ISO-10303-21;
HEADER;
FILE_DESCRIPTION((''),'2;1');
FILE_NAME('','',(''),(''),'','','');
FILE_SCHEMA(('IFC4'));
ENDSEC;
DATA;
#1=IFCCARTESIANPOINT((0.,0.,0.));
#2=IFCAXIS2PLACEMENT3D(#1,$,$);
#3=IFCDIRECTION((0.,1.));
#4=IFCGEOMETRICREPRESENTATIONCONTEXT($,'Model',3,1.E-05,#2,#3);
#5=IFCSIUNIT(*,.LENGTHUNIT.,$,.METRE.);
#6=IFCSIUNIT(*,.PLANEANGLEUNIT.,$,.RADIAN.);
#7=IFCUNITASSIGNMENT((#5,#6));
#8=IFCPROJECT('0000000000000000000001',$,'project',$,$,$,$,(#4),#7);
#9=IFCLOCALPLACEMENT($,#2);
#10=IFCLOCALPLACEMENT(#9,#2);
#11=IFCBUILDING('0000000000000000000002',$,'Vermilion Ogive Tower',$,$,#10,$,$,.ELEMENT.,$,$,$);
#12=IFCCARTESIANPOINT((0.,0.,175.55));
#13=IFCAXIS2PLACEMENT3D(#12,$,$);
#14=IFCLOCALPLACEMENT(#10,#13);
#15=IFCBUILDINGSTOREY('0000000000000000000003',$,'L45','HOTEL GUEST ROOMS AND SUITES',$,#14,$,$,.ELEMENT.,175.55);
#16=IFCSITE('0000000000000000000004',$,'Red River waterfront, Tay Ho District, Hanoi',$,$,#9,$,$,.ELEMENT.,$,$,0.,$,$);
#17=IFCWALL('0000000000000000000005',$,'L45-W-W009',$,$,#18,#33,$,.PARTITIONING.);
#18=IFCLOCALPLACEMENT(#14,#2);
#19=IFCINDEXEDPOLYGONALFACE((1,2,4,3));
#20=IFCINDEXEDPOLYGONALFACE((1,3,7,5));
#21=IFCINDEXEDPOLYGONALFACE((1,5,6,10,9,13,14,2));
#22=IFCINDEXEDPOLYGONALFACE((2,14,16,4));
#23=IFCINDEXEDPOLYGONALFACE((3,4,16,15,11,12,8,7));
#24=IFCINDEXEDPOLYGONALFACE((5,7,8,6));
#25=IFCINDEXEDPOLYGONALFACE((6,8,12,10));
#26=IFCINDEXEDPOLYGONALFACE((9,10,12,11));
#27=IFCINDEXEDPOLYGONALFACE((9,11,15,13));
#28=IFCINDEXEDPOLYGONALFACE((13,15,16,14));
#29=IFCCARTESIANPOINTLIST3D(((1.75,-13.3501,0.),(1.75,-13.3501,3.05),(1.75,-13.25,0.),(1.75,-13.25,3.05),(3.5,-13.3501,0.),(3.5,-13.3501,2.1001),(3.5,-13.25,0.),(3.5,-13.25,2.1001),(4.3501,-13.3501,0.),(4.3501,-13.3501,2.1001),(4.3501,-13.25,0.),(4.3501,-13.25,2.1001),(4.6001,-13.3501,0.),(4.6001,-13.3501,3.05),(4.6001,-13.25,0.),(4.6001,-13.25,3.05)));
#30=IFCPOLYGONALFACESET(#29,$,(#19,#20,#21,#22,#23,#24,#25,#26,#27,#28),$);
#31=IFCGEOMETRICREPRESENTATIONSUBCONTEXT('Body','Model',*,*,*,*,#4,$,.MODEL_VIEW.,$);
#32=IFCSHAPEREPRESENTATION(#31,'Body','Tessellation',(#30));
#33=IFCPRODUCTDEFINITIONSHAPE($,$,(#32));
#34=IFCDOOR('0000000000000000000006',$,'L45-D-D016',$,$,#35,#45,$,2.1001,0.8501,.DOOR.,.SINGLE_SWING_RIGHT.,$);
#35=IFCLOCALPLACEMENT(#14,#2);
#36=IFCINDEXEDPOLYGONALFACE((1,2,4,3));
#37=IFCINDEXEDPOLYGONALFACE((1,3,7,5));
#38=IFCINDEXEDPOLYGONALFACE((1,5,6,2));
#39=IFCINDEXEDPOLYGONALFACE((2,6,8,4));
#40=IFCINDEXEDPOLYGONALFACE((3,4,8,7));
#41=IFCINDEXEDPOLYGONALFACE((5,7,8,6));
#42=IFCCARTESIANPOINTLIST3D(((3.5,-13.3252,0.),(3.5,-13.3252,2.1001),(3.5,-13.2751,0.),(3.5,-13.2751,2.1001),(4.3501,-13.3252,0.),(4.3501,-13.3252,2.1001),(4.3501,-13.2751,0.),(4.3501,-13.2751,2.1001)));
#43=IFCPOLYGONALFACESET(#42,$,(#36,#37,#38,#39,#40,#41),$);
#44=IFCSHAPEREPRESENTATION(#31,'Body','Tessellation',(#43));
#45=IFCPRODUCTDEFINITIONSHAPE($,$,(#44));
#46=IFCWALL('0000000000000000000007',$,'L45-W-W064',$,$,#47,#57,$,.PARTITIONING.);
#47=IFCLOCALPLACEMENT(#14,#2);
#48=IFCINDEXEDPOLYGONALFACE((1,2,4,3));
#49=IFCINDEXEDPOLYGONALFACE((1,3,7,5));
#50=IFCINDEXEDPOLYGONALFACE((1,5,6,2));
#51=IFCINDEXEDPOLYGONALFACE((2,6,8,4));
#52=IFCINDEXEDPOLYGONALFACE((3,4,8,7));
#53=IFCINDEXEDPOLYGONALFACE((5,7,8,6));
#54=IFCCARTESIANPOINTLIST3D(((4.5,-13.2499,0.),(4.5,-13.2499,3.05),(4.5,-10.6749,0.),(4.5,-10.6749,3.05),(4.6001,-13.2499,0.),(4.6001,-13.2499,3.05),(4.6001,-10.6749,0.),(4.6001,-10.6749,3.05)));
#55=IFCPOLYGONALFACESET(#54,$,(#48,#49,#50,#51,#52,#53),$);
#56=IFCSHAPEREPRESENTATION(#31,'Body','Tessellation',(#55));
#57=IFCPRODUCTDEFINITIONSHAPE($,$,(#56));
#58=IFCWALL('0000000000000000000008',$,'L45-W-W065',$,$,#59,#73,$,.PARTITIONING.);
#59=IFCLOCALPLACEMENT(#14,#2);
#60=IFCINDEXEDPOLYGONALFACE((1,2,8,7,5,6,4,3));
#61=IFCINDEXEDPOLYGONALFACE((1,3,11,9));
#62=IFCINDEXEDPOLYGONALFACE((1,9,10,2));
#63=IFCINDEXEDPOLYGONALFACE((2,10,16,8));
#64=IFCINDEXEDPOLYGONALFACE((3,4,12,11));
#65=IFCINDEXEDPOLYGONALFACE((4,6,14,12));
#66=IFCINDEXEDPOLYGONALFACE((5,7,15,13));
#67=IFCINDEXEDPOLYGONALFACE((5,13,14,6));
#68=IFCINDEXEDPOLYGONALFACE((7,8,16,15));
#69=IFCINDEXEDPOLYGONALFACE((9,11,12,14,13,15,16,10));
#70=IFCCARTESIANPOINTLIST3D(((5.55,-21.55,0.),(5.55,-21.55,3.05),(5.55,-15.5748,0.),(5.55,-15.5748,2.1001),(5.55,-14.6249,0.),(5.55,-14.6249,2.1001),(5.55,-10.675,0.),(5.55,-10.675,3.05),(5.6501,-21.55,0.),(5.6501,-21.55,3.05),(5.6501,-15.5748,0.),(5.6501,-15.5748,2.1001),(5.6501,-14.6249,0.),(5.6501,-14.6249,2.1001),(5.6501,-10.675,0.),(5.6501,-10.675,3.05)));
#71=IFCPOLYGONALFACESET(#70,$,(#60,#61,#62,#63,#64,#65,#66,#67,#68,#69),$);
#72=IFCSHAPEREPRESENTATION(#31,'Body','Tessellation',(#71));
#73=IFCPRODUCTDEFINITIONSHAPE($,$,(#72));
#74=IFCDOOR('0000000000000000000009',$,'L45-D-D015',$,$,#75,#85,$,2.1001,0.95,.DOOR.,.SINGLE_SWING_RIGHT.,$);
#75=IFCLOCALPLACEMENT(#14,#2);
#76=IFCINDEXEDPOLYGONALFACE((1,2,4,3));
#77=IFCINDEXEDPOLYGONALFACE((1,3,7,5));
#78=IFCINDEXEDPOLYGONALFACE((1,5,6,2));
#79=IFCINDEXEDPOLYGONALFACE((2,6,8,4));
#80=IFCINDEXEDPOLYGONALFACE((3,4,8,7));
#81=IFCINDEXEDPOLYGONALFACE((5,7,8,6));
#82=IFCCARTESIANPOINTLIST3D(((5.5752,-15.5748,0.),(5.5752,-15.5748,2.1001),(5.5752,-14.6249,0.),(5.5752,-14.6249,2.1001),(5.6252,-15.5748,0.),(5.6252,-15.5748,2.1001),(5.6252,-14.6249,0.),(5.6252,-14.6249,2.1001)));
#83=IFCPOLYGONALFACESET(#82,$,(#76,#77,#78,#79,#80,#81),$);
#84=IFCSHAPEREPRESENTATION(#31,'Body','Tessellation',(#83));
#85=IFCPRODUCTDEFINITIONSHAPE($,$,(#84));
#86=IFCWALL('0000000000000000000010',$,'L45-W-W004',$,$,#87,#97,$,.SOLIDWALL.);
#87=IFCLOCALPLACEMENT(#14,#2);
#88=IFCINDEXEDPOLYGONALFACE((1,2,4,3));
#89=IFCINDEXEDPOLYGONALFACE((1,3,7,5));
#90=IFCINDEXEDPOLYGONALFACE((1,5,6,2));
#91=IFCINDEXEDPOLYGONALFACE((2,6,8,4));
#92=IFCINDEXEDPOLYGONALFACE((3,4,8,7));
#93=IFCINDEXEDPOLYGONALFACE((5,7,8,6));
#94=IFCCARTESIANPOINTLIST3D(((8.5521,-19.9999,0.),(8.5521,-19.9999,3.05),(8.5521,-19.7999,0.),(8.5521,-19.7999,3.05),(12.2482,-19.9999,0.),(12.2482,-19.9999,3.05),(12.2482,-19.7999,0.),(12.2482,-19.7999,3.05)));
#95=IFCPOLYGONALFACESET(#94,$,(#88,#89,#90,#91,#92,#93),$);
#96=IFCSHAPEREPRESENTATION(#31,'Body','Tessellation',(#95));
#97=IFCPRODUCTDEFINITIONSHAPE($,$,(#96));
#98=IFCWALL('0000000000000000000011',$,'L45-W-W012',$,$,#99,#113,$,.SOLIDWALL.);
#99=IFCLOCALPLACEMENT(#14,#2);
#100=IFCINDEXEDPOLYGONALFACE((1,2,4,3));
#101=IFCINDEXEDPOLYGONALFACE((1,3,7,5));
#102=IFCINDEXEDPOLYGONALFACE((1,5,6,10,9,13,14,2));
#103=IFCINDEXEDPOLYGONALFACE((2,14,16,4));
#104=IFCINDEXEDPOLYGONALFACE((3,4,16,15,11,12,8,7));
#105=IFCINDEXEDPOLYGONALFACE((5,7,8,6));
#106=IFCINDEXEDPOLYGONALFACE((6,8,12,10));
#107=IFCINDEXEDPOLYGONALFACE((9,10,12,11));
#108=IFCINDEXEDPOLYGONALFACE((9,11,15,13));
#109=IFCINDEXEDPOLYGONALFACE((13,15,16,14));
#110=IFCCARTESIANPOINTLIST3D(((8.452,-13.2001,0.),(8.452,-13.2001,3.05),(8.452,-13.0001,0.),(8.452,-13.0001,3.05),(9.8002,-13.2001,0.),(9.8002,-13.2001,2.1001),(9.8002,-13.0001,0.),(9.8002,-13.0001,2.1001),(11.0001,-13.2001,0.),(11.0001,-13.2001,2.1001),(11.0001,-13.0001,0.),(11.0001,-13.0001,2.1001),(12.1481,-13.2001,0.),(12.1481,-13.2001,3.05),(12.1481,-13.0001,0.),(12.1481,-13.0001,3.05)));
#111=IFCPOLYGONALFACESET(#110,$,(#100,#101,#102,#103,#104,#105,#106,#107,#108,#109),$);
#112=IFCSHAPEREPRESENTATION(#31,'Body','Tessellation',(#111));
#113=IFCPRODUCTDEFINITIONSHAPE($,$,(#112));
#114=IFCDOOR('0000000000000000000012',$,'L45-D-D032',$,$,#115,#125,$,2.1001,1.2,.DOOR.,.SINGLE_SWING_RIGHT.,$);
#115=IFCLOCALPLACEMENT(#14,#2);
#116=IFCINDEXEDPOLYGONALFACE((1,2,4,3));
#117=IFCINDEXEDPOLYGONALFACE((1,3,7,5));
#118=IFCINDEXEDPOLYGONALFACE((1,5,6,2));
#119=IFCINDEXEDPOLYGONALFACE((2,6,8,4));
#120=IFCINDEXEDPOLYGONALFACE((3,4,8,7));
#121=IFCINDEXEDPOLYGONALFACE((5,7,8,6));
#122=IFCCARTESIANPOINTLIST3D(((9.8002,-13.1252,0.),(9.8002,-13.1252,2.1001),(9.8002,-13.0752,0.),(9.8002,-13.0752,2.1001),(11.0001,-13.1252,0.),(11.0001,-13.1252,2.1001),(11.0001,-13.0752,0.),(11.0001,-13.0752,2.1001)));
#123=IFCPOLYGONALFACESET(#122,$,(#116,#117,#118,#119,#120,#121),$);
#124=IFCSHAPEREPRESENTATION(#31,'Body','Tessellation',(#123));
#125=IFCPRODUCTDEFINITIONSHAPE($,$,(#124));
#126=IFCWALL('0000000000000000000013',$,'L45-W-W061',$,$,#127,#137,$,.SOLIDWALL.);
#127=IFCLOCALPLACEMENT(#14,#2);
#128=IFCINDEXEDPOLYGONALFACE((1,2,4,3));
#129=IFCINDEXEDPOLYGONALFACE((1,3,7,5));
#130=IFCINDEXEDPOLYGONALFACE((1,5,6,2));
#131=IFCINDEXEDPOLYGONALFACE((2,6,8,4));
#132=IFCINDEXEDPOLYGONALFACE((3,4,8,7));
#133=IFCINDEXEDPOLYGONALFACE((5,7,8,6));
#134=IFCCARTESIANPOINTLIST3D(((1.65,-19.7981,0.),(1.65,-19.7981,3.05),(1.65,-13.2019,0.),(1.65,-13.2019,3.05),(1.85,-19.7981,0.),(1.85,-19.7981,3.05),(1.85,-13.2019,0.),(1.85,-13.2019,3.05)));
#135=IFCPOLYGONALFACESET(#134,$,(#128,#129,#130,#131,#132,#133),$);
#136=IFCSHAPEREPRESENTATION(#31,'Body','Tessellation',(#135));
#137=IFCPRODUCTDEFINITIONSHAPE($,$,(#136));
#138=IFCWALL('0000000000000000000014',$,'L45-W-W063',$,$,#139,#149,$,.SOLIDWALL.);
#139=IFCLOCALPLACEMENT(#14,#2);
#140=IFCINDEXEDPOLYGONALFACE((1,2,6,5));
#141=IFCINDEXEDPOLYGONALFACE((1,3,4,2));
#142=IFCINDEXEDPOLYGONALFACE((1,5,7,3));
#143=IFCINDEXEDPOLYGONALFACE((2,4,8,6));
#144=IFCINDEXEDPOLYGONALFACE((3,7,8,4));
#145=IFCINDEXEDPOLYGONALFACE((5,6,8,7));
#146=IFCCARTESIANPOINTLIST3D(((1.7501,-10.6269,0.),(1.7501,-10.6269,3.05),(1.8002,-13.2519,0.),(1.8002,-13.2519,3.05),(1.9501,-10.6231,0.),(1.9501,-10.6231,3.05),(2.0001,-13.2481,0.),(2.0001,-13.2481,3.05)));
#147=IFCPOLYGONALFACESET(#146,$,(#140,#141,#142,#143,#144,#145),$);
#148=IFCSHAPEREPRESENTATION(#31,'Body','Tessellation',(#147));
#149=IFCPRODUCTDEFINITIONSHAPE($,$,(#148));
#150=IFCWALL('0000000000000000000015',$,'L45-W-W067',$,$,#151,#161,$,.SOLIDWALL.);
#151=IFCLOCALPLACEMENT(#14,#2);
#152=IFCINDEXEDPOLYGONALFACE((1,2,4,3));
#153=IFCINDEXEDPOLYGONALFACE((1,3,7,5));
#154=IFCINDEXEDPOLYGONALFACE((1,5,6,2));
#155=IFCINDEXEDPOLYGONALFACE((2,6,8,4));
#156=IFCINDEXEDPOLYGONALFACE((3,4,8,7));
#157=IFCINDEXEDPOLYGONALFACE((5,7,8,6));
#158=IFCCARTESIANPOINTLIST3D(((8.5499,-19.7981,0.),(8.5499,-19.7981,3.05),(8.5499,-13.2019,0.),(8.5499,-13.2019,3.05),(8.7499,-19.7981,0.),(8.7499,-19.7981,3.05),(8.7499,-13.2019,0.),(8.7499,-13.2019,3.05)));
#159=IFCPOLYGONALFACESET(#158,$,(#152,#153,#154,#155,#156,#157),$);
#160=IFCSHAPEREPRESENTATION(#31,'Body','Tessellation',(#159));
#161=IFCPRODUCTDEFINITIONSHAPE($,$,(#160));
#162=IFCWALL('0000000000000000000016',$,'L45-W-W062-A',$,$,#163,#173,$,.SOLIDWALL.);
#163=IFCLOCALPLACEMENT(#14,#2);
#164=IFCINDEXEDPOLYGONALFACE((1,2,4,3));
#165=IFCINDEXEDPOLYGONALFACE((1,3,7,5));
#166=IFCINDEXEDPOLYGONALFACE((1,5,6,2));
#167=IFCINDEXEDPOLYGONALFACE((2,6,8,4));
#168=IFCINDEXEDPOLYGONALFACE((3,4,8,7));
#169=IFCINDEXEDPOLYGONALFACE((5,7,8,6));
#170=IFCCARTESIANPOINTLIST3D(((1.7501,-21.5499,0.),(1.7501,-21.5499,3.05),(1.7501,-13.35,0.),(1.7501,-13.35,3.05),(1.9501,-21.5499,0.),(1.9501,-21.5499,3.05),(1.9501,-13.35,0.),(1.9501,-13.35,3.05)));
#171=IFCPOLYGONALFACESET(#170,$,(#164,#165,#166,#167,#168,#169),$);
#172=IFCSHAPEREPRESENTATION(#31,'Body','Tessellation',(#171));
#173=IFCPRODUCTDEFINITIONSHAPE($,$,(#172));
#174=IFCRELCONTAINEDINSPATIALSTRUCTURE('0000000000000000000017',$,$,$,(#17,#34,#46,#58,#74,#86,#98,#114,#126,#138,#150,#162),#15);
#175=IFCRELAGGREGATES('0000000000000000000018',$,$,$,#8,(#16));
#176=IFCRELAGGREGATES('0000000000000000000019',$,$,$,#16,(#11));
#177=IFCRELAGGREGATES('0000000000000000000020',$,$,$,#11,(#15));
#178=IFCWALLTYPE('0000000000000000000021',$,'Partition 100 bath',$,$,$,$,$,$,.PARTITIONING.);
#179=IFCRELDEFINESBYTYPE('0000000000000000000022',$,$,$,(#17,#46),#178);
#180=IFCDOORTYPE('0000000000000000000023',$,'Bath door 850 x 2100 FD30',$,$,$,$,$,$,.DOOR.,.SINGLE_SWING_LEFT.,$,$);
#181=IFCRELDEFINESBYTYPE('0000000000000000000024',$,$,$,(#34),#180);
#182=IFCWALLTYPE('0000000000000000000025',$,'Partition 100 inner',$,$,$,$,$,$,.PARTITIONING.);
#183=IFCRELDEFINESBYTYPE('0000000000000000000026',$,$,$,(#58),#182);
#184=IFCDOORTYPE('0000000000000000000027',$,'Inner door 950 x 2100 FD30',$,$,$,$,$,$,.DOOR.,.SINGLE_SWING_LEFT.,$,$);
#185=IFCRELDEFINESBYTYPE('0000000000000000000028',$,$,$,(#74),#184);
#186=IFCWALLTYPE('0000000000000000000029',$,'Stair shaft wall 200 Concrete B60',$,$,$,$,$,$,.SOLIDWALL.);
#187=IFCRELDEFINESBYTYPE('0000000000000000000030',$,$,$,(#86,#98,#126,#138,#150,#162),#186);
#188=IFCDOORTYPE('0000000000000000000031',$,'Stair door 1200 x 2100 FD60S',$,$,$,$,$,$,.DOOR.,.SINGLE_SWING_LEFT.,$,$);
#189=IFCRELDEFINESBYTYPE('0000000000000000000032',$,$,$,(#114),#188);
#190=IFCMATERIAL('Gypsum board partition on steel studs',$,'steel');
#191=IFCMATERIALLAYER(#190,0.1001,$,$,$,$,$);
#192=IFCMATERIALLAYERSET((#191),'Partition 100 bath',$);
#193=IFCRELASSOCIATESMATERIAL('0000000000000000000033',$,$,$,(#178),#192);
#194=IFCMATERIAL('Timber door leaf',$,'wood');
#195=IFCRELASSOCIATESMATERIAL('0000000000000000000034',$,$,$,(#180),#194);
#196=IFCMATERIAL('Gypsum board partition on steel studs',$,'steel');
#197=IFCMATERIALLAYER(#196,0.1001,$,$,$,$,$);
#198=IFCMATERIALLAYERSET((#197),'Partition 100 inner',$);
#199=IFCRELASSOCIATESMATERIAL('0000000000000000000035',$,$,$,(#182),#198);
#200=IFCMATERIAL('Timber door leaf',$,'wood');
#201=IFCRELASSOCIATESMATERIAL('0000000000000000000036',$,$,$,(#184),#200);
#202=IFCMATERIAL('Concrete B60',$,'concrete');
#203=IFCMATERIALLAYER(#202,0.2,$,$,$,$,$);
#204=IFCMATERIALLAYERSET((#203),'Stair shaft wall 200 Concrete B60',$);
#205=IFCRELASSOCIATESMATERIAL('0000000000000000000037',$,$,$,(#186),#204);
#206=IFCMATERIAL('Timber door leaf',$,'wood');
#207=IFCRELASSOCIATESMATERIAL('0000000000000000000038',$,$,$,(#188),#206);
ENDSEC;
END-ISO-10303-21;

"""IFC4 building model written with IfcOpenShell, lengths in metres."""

from ifc_helpers import new_model, si_unit, direction, frame, frame_2d, origin, place, context, subcontext, project, spatial, rectangle, extrude, material, layer, layer_set, type_object, element, fill, save


model = new_model("IFC4")

# Units and contexts
model_context = context("Model", 3, precision=1e-05, world=origin(), true_north=direction((0.0, 1.0)))
body_context = subcontext(model_context, "Body", "Model", "MODEL_VIEW")
ifc_project = project(units=[si_unit("LENGTHUNIT", "METRE"), si_unit("PLANEANGLEUNIT", "RADIAN")], contexts=[model_context])

# Site, building, storey
site_placement = place(None, origin())
site = spatial("IfcSite", under=ifc_project, at=site_placement, Name="Red River waterfront, Tay Ho District, Hanoi", CompositionType="ELEMENT", RefElevation=0.0)
building_placement = place(site_placement, origin())
building = spatial("IfcBuilding", under=site, at=building_placement, Name="Vermilion Ogive Tower", CompositionType="ELEMENT")
storey_placement = place(building_placement, frame((0.0, 0.0, 175.55)))
storey = spatial("IfcBuildingStorey", under=building, at=storey_placement, Name="L45", Description="HOTEL GUEST ROOMS AND SUITES", CompositionType="ELEMENT", Elevation=175.55)

# Wall, opening, door
ifc_material_1 = material(Name="Gypsum board partition on steel studs", Category="steel")
ifc_layer_1 = layer(ifc_material_1, 0.1001)
ifc_layer_set_1 = layer_set([ifc_layer_1], Name="Partition 100 bath")
wall_type_1 = type_object("IfcWallType", Name="Partition 100 bath", PredefinedType="PARTITIONING", material=ifc_layer_set_1)
wall_1_placement = place(storey_placement, frame((1.75, -13.3, 0.0), z_axis=(0.0, 0.0, 1.0), x_axis=(1.0, 0.0, 0.0)))
wall_1 = element("IfcWall", 1, at=wall_1_placement, inside=storey, type_object=wall_type_1, Name="L45-W-W009", PredefinedType="PARTITIONING", context=body_context, shape_type="SweptSolid", body=[
    extrude(rectangle(XDim=2.8501, YDim=0.1001, at=frame_2d((1.425, 0.0))), origin(), (0.0, 0.0, 1.0), 3.05),
])
opening_1_placement = place(wall_1_placement, frame((1.75, 0.0, 0.0)))
opening_1 = element("IfcOpeningElement", 2, at=opening_1_placement, cuts=wall_1, PredefinedType="OPENING", context=body_context, shape_type="SweptSolid", body=[
    extrude(rectangle(XDim=0.8501, YDim=2.1001, at=frame_2d((0.425, 1.05))), frame((0.0, 0.0601, 0.0), z_axis=(0.0, -1.0, 0.0), x_axis=(1.0, 0.0, 0.0)), (0.0, 0.0, 1.0), 0.1201),
])
ifc_material_2 = material(Name="Timber door leaf", Category="wood")
door_type_1 = type_object("IfcDoorType", Name="Bath door 850 x 2100 FD30", OperationType="SINGLE_SWING_LEFT", PredefinedType="DOOR", material=ifc_material_2)
door_1_placement = place(opening_1_placement, origin())
door_1 = element("IfcDoor", 3, at=door_1_placement, inside=storey, type_object=door_type_1, Name="L45-D-D016", OperationType="SINGLE_SWING_RIGHT", OverallHeight=2.1001, OverallWidth=0.8501, PredefinedType="DOOR", context=body_context, shape_type="SweptSolid", body=[
    extrude(rectangle(XDim=0.8501, YDim=2.1001, at=frame_2d((0.425, 1.05))), frame((0.0, 0.0249, 0.0), z_axis=(0.0, -1.0, 0.0), x_axis=(1.0, 0.0, 0.0)), (0.0, 0.0, 1.0), 0.05),
])
fill(opening_1, door_1)

# Wall
wall_2_placement = place(storey_placement, frame((4.55, -13.25, 0.0), z_axis=(0.0, 0.0, 1.0), x_axis=(0.0, 1.0, 0.0)))
element("IfcWall", 4, at=wall_2_placement, inside=storey, type_object=wall_type_1, Name="L45-W-W064", PredefinedType="PARTITIONING", context=body_context, shape_type="SweptSolid", body=[
    extrude(rectangle(XDim=2.575, YDim=0.1001, at=frame_2d((1.2876, 0.0))), origin(), (0.0, 0.0, 1.0), 3.05),
])

# Wall, opening, door
ifc_material_3 = material(Name="Gypsum board partition on steel studs", Category="steel")
ifc_layer_2 = layer(ifc_material_3, 0.1001)
ifc_layer_set_2 = layer_set([ifc_layer_2], Name="Partition 100 inner")
wall_type_2 = type_object("IfcWallType", Name="Partition 100 inner", PredefinedType="PARTITIONING", material=ifc_layer_set_2)
wall_3_placement = place(storey_placement, frame((5.6001, -21.55, 0.0), z_axis=(0.0, 0.0, 1.0), x_axis=(0.0, 1.0, 0.0)))
wall_3 = element("IfcWall", 5, at=wall_3_placement, inside=storey, type_object=wall_type_2, Name="L45-W-W065", PredefinedType="PARTITIONING", context=body_context, shape_type="SweptSolid", body=[
    extrude(rectangle(XDim=10.875, YDim=0.1001, at=frame_2d((5.4375, 0.0))), origin(), (0.0, 0.0, 1.0), 3.05),
])
opening_2_placement = place(wall_3_placement, frame((5.9751, 0.0, 0.0)))
opening_2 = element("IfcOpeningElement", 6, at=opening_2_placement, cuts=wall_3, PredefinedType="OPENING", context=body_context, shape_type="SweptSolid", body=[
    extrude(rectangle(XDim=0.95, YDim=2.1001, at=frame_2d((0.4751, 1.05))), frame((0.0, 0.0601, 0.0), z_axis=(0.0, -1.0, 0.0), x_axis=(1.0, 0.0, 0.0)), (0.0, 0.0, 1.0), 0.1201),
])
ifc_material_4 = material(Name="Timber door leaf", Category="wood")
door_type_2 = type_object("IfcDoorType", Name="Inner door 950 x 2100 FD30", OperationType="SINGLE_SWING_LEFT", PredefinedType="DOOR", material=ifc_material_4)
door_2_placement = place(opening_2_placement, origin())
door_2 = element("IfcDoor", 7, at=door_2_placement, inside=storey, type_object=door_type_2, Name="L45-D-D015", OperationType="SINGLE_SWING_RIGHT", OverallHeight=2.1001, OverallWidth=0.95, PredefinedType="DOOR", context=body_context, shape_type="SweptSolid", body=[
    extrude(rectangle(XDim=0.95, YDim=2.1001, at=frame_2d((0.4751, 1.05))), frame((0.0, 0.0249, 0.0), z_axis=(0.0, -1.0, 0.0), x_axis=(1.0, 0.0, 0.0)), (0.0, 0.0, 1.0), 0.05),
])
fill(opening_2, door_2)

# Wall
ifc_material_5 = material(Name="Concrete B60", Category="concrete")
ifc_layer_3 = layer(ifc_material_5, 0.2)
ifc_layer_set_3 = layer_set([ifc_layer_3], Name="Stair shaft wall 200 Concrete B60")
wall_type_3 = type_object("IfcWallType", Name="Stair shaft wall 200 Concrete B60", PredefinedType="SOLIDWALL", material=ifc_layer_set_3)
wall_4_placement = place(storey_placement, frame((8.552, -19.8999, 0.0), z_axis=(0.0, 0.0, 1.0), x_axis=(1.0, 0.0, 0.0)))
element("IfcWall", 8, at=wall_4_placement, inside=storey, type_object=wall_type_3, Name="L45-W-W004", PredefinedType="SOLIDWALL", context=body_context, shape_type="SweptSolid", body=[
    extrude(rectangle(XDim=3.696, YDim=0.2, at=frame_2d((1.8481, 0.0))), origin(), (0.0, 0.0, 1.0), 3.05),
])

# Wall, opening, door
wall_5_placement = place(storey_placement, frame((8.4519, -13.1001, 0.0), z_axis=(0.0, 0.0, 1.0), x_axis=(1.0, 0.0, 0.0)))
wall_5 = element("IfcWall", 9, at=wall_5_placement, inside=storey, type_object=wall_type_3, Name="L45-W-W012", PredefinedType="SOLIDWALL", context=body_context, shape_type="SweptSolid", body=[
    extrude(rectangle(XDim=3.696, YDim=0.2, at=frame_2d((1.8481, 0.0))), origin(), (0.0, 0.0, 1.0), 3.05),
])
opening_3_placement = place(wall_5_placement, frame((1.3481, 0.0, 0.0)))
opening_3 = element("IfcOpeningElement", 10, at=opening_3_placement, cuts=wall_5, PredefinedType="OPENING", context=body_context, shape_type="SweptSolid", body=[
    extrude(rectangle(XDim=1.2, YDim=2.1001, at=frame_2d((0.6001, 1.05))), frame((0.0, 0.1099, 0.0), z_axis=(0.0, -1.0, 0.0), x_axis=(1.0, 0.0, 0.0)), (0.0, 0.0, 1.0), 0.22),
])
ifc_material_6 = material(Name="Timber door leaf", Category="wood")
door_type_3 = type_object("IfcDoorType", Name="Stair door 1200 x 2100 FD60S", OperationType="SINGLE_SWING_LEFT", PredefinedType="DOOR", material=ifc_material_6)
door_3_placement = place(opening_3_placement, origin())
door_3 = element("IfcDoor", 11, at=door_3_placement, inside=storey, type_object=door_type_3, Name="L45-D-D032", OperationType="SINGLE_SWING_RIGHT", OverallHeight=2.1001, OverallWidth=1.2, PredefinedType="DOOR", context=body_context, shape_type="SweptSolid", body=[
    extrude(rectangle(XDim=1.2, YDim=2.1001, at=frame_2d((0.6001, 1.05))), frame((0.0, 0.0249, 0.0), z_axis=(0.0, -1.0, 0.0), x_axis=(1.0, 0.0, 0.0)), (0.0, 0.0, 1.0), 0.05),
])
fill(opening_3, door_3)

# Walls
wall_6_placement = place(storey_placement, frame((1.75, -19.7981, 0.0), z_axis=(0.0, 0.0, 1.0), x_axis=(0.0, 1.0, 0.0)))
element("IfcWall", 12, at=wall_6_placement, inside=storey, type_object=wall_type_3, Name="L45-W-W061", PredefinedType="SOLIDWALL", context=body_context, shape_type="SweptSolid", body=[
    extrude(rectangle(XDim=6.5962, YDim=0.2, at=frame_2d((3.2981, 0.0))), origin(), (0.0, 0.0, 1.0), 3.05),
])
wall_7_placement = place(storey_placement, frame((1.9001, -13.25, 0.0), z_axis=(0.0, 0.0, 1.0), x_axis=(-0.019063, 0.999818, 0.0)))
element("IfcWall", 13, at=wall_7_placement, inside=storey, type_object=wall_type_3, Name="L45-W-W063", PredefinedType="SOLIDWALL", context=body_context, shape_type="SweptSolid", body=[
    extrude(rectangle(XDim=2.6255, YDim=0.2, at=frame_2d((1.3127, 0.0))), origin(), (0.0, 0.0, 1.0), 3.05),
])
wall_8_placement = place(storey_placement, frame((8.6499, -19.7981, 0.0), z_axis=(0.0, 0.0, 1.0), x_axis=(0.0, 1.0, 0.0)))
element("IfcWall", 14, at=wall_8_placement, inside=storey, type_object=wall_type_3, Name="L45-W-W067", PredefinedType="SOLIDWALL", context=body_context, shape_type="SweptSolid", body=[
    extrude(rectangle(XDim=6.5962, YDim=0.2, at=frame_2d((3.2981, 0.0))), origin(), (0.0, 0.0, 1.0), 3.05),
])
wall_9_placement = place(storey_placement, frame((1.8501, -21.55, 0.0), z_axis=(0.0, 0.0, 1.0), x_axis=(0.0, 1.0, 0.0)))
element("IfcWall", 15, at=wall_9_placement, inside=storey, type_object=wall_type_3, Name="L45-W-W062-A", PredefinedType="SOLIDWALL", context=body_context, shape_type="SweptSolid", body=[
    extrude(rectangle(XDim=8.2, YDim=0.2, at=frame_2d((4.1001, 0.0))), origin(), (0.0, 0.0, 1.0), 3.05),
])

save(model, "model.ifc")
